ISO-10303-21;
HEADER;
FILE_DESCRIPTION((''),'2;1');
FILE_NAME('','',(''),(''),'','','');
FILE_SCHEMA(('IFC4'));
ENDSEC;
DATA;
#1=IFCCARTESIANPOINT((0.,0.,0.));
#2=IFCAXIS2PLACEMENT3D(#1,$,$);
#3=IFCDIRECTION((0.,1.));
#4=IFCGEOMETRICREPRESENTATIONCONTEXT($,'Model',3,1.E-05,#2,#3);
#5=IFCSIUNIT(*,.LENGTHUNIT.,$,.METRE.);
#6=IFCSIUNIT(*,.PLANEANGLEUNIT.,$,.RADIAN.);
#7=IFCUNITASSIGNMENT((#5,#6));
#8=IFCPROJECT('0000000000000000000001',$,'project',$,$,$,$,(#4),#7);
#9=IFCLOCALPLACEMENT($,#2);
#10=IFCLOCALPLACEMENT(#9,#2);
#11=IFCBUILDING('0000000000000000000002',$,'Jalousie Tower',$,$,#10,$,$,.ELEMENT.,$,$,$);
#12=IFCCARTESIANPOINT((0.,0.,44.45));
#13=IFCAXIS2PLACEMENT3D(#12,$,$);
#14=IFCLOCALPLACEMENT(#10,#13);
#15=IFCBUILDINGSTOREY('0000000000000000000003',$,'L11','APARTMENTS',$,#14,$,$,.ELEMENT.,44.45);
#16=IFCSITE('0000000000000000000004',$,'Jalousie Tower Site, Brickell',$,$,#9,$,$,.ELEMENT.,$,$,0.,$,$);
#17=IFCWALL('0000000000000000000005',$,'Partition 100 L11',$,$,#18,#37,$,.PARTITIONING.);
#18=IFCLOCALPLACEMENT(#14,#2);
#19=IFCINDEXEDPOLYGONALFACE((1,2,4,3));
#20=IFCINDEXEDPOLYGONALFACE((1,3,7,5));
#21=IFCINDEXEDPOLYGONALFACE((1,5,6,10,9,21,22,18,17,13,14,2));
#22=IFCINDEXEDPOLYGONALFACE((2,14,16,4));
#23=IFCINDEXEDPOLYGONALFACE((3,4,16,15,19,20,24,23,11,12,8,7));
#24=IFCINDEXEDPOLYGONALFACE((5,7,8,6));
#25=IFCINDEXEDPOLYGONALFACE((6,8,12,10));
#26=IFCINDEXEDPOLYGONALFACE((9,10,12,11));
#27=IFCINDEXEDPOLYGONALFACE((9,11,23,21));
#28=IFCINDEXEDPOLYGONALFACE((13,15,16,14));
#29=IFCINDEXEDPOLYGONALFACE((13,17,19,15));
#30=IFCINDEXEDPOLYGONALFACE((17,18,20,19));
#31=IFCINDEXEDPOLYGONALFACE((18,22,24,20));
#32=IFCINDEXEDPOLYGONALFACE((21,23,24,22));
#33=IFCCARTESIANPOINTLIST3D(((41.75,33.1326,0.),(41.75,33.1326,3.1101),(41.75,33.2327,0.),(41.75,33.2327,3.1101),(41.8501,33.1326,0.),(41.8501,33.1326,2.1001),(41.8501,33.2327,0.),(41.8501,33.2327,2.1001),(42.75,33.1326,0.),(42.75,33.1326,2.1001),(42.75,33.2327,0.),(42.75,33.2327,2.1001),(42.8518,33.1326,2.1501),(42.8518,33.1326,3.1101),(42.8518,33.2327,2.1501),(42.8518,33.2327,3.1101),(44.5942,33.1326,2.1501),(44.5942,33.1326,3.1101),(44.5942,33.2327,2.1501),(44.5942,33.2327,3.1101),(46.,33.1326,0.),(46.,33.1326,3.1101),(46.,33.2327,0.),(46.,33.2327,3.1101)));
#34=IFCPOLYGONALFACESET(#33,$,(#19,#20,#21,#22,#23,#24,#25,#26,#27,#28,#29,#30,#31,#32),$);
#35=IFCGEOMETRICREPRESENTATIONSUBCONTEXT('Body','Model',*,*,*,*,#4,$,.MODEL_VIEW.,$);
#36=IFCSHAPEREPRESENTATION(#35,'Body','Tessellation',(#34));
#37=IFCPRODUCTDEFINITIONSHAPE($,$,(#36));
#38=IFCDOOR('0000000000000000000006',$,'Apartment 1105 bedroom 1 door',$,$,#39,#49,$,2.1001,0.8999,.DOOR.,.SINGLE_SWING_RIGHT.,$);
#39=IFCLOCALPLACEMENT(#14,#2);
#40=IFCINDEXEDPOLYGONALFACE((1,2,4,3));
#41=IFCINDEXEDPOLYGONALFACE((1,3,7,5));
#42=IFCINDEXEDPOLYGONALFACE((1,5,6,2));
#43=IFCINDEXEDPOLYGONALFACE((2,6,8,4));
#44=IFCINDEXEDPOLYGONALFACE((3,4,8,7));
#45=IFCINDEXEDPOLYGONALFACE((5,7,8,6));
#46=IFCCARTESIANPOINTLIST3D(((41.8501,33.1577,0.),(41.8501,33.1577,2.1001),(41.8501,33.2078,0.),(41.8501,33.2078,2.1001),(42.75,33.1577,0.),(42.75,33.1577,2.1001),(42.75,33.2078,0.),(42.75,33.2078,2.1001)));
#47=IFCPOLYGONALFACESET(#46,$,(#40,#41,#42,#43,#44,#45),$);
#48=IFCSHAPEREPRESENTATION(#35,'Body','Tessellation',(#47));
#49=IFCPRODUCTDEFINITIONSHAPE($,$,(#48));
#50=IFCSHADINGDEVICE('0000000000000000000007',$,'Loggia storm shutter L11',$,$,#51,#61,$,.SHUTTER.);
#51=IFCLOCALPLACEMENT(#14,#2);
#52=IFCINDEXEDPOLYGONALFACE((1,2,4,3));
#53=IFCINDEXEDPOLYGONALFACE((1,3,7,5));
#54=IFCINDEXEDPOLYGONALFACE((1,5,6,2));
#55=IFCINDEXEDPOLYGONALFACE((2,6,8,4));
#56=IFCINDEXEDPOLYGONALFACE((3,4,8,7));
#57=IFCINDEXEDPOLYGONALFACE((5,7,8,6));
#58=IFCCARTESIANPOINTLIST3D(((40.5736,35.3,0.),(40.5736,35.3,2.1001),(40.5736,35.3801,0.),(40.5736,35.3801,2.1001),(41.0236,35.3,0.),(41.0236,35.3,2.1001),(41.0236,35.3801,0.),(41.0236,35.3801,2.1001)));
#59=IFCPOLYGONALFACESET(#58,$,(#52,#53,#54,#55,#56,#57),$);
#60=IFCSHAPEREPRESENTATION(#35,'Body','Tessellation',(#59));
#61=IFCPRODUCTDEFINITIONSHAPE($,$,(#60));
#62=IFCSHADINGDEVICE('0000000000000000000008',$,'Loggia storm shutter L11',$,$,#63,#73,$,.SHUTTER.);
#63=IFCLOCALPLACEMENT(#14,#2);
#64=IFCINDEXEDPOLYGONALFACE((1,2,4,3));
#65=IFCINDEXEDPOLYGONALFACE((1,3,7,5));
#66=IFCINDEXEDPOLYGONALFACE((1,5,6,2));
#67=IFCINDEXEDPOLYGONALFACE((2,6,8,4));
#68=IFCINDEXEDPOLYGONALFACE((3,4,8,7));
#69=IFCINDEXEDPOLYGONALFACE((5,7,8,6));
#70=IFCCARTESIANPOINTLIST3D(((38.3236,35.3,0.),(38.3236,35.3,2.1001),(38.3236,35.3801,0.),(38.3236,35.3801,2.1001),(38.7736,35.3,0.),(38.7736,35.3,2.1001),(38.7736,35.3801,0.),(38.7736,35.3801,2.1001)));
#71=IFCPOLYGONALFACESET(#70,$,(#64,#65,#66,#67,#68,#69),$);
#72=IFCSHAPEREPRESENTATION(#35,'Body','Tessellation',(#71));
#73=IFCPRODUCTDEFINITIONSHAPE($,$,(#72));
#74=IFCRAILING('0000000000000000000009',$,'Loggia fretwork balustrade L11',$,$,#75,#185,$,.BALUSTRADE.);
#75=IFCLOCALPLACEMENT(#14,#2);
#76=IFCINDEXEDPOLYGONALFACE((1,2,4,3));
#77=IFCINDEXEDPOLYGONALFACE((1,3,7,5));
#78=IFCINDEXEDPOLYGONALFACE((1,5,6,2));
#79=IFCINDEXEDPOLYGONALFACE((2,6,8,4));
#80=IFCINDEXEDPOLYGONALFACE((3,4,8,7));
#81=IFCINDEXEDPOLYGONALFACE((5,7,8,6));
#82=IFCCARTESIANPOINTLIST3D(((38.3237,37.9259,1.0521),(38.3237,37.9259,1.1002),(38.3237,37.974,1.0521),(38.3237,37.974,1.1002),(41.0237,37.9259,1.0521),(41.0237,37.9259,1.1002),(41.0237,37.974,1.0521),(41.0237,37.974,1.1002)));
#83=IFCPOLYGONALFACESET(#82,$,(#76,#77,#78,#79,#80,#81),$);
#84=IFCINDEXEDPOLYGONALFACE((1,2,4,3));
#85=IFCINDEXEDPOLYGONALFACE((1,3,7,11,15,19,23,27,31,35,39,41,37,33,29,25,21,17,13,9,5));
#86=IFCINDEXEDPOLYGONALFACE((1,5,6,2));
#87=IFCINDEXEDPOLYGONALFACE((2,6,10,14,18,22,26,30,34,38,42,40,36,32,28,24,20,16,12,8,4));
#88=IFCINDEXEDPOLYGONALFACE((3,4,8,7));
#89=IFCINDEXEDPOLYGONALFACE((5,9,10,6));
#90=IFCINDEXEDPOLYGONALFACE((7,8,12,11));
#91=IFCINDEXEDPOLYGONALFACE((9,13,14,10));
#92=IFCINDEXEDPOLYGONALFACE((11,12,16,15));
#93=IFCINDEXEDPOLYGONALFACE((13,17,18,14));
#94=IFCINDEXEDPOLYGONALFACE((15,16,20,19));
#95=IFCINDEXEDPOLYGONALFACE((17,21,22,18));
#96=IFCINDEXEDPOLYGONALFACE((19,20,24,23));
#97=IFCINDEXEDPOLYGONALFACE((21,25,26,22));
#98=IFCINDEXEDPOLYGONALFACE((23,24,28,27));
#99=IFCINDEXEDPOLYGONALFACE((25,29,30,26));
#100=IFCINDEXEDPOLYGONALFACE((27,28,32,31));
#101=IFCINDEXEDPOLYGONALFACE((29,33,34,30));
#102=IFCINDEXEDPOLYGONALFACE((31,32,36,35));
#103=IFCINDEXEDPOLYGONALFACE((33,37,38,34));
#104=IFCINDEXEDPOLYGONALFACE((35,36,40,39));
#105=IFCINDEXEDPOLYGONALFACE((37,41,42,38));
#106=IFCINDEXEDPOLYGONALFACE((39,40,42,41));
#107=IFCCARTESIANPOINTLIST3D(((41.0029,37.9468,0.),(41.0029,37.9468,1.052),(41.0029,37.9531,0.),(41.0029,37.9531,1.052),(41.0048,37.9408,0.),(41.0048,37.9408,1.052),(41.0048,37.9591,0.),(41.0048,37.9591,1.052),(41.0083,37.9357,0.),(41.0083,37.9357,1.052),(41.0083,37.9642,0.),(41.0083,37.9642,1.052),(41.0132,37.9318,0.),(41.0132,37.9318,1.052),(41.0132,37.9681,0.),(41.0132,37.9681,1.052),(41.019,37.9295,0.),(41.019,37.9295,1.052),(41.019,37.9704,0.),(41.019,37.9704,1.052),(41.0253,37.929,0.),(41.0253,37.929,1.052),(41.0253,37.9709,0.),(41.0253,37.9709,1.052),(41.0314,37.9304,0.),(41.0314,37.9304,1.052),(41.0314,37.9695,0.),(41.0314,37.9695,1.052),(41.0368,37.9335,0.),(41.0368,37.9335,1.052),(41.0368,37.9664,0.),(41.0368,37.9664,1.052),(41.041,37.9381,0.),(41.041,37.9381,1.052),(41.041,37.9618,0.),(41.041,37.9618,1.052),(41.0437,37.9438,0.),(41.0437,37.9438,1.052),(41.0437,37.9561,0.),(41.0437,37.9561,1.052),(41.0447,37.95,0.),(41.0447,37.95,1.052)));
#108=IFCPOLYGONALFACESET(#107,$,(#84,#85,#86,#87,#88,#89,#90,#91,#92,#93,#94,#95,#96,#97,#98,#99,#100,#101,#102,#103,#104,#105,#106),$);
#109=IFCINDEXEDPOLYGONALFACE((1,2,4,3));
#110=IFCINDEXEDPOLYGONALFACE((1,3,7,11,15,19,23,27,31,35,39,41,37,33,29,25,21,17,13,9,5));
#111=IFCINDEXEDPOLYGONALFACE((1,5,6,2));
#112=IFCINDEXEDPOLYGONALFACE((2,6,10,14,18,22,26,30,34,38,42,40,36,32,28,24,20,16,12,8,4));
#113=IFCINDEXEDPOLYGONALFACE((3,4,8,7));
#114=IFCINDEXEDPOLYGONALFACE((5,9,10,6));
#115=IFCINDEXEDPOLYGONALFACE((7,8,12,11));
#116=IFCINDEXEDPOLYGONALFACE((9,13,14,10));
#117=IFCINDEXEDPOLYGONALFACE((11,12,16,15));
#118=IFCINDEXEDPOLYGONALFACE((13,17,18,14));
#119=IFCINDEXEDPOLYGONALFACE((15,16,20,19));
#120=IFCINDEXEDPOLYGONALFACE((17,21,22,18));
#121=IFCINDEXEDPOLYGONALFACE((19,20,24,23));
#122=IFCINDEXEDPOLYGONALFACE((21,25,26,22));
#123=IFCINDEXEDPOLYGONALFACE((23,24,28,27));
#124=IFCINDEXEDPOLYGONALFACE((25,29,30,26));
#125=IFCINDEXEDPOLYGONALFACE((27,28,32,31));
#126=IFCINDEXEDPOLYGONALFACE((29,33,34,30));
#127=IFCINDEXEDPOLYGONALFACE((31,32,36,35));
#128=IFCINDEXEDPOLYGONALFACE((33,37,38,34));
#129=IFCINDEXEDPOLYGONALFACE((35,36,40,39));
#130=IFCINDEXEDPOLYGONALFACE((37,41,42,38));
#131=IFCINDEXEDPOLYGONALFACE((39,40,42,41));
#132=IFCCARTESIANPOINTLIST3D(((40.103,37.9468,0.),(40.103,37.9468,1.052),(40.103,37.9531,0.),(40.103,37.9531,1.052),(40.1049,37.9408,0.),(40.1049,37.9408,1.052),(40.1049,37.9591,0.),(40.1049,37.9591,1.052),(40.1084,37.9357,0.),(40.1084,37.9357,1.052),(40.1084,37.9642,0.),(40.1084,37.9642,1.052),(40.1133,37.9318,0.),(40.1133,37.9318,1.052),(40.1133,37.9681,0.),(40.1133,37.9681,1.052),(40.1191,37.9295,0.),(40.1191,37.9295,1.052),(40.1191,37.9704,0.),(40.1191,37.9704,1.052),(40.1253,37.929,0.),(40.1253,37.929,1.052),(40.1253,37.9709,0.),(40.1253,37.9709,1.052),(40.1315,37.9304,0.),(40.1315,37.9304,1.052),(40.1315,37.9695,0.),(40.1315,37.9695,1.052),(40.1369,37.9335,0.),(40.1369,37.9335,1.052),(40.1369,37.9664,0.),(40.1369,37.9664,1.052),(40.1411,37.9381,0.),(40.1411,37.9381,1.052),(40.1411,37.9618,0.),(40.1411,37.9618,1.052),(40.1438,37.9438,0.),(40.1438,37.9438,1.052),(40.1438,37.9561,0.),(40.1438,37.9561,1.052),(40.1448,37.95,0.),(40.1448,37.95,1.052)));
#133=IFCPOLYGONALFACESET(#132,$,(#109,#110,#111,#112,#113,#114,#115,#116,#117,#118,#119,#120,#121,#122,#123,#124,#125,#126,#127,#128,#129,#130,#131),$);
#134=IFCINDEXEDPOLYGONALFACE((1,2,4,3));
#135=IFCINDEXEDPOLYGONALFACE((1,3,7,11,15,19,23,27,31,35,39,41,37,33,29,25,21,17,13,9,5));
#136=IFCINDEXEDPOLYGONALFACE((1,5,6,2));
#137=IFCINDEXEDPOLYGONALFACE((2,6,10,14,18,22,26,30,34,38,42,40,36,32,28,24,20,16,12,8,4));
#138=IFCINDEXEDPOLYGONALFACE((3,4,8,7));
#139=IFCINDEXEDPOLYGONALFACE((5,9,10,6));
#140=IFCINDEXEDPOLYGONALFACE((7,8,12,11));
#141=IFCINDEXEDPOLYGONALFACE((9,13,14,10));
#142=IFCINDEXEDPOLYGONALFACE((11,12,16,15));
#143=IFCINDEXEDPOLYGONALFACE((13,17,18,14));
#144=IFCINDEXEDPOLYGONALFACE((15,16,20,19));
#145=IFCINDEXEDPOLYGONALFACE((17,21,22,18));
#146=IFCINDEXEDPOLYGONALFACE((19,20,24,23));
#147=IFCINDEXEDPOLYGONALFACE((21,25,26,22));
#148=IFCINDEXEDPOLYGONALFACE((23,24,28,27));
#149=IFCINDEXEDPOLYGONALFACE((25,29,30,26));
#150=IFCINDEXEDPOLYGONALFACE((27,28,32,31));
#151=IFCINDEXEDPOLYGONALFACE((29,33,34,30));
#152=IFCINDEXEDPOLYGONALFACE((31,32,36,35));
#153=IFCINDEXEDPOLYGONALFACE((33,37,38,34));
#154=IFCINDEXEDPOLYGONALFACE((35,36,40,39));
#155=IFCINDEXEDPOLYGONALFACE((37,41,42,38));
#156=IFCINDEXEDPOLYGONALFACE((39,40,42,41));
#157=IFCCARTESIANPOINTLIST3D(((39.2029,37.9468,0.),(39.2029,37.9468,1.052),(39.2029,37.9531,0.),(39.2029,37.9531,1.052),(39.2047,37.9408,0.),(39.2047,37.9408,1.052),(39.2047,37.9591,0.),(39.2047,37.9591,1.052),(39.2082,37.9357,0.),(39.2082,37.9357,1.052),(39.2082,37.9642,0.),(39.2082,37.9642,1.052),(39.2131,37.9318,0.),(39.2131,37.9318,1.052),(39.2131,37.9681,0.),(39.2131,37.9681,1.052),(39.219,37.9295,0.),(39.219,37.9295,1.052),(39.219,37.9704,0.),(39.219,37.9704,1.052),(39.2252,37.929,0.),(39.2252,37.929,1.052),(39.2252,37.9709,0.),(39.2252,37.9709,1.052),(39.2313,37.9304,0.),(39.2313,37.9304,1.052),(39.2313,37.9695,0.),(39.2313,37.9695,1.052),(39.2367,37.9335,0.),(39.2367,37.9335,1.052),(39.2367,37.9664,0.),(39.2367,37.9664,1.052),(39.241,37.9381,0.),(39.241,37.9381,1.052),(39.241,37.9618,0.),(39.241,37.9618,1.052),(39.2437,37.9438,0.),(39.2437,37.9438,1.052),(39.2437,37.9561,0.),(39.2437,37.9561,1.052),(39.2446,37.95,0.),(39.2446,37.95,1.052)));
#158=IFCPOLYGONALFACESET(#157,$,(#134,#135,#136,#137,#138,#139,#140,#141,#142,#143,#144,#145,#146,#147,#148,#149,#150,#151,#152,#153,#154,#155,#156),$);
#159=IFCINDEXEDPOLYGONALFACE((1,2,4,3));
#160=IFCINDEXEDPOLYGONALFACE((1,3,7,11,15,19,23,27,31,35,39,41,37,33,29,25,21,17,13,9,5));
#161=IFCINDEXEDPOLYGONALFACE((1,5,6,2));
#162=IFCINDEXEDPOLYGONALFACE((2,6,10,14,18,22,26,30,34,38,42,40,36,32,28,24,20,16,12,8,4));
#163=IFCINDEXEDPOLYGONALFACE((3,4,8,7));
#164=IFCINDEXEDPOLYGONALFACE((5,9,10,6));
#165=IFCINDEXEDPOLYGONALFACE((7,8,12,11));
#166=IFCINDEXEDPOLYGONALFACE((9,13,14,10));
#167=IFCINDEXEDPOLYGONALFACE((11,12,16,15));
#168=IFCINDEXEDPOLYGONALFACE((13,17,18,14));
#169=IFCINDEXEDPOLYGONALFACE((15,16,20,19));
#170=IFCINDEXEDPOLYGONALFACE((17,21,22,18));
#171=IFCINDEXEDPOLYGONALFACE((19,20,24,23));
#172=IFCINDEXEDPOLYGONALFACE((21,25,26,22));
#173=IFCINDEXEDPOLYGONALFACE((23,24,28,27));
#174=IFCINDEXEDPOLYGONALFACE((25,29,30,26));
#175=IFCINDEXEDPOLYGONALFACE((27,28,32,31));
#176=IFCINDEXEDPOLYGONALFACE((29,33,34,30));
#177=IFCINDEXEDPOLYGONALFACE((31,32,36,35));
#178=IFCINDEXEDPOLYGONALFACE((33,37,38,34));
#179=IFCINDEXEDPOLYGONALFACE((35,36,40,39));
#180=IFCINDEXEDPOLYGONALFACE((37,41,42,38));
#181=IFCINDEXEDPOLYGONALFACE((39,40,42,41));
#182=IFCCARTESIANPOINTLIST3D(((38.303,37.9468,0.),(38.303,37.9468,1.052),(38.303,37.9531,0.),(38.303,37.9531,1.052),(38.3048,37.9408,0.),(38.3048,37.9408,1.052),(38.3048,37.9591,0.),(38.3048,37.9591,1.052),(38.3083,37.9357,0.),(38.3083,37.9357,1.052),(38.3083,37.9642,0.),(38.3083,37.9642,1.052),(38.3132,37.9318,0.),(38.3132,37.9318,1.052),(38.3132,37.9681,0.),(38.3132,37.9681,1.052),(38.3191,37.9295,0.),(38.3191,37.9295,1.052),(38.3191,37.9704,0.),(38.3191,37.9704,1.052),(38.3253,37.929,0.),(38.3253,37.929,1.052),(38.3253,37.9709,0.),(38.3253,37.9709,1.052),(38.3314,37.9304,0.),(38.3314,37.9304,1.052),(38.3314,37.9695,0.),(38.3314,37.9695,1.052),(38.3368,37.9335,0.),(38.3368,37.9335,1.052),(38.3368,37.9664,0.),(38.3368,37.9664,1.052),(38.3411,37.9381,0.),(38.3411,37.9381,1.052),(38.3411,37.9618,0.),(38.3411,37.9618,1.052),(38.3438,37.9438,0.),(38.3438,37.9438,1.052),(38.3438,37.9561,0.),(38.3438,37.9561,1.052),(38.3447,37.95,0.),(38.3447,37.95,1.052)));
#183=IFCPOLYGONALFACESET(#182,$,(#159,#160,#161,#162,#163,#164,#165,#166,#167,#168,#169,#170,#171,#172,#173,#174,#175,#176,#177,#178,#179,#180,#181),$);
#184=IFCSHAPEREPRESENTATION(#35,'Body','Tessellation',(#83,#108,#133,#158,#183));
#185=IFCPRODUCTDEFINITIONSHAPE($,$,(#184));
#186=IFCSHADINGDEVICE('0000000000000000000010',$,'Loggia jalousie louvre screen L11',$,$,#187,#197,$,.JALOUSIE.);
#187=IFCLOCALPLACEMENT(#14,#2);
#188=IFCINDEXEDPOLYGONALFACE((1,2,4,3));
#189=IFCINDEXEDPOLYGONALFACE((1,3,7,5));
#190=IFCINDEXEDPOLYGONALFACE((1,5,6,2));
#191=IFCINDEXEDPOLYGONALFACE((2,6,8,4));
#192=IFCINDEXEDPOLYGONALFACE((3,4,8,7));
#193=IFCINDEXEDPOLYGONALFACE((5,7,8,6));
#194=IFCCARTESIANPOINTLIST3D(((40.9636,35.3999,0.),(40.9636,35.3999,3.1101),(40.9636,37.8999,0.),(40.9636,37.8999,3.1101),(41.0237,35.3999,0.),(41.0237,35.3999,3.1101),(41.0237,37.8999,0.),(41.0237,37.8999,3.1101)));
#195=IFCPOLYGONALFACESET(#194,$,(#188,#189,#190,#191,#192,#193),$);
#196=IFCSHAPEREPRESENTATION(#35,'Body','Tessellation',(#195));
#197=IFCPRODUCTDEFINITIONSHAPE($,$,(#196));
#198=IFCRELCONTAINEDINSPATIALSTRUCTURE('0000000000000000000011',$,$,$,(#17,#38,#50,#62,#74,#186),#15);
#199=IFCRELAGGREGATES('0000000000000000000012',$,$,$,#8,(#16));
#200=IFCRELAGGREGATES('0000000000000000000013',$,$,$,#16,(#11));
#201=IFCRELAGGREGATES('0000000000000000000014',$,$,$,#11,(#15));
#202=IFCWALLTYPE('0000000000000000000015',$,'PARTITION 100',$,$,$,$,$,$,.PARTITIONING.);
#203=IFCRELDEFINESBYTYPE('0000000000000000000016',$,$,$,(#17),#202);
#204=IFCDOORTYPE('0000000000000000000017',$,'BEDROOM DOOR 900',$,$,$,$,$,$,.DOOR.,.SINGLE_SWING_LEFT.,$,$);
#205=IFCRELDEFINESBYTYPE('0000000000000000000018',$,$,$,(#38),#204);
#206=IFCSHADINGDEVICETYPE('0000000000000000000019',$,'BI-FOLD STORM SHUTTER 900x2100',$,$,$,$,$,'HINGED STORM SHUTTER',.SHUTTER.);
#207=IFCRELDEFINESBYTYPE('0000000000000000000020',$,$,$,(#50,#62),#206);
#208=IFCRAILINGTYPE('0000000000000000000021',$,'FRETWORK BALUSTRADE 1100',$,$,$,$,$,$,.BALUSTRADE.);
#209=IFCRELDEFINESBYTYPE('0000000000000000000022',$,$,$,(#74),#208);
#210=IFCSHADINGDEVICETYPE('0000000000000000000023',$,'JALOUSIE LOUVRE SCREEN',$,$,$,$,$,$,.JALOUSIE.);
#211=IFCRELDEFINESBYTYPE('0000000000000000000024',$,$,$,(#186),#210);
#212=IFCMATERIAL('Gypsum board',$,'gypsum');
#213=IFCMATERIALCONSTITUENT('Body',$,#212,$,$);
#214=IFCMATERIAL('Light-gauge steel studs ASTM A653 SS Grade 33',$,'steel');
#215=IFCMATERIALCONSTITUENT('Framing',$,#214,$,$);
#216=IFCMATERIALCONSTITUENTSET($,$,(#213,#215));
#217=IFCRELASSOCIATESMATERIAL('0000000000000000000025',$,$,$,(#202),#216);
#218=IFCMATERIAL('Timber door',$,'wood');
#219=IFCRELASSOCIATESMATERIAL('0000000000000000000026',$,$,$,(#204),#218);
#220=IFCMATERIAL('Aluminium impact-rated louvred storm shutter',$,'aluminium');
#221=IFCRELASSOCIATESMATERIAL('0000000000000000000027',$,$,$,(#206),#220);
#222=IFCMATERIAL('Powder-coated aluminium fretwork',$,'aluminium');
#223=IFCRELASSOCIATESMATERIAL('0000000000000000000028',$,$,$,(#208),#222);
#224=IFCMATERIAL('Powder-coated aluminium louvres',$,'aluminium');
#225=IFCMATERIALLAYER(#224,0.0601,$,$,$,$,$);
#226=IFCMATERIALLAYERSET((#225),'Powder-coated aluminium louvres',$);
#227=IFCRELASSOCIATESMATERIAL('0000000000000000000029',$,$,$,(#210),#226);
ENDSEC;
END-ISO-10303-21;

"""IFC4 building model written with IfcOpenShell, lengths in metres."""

from ifc_helpers import new_model, si_unit, direction, frame, frame_2d, origin, origin_2d, place, context, subcontext, project, spatial, polyline, rectangle, circle, outline, extrude, material, layer, layer_set, constituent, constituent_set, type_object, element, fill, save


model = new_model("IFC4")

# Units and contexts
model_context = context("Model", 3, precision=1e-05, world=origin(), true_north=direction((0.0, 1.0)))
body_context = subcontext(model_context, "Body", "Model", "MODEL_VIEW")
ifc_project = project(units=[si_unit("LENGTHUNIT", "METRE"), si_unit("PLANEANGLEUNIT", "RADIAN")], contexts=[model_context])

# Site, building, storey
site_placement = place(None, origin())
site = spatial("IfcSite", under=ifc_project, at=site_placement, Name="Jalousie Tower Site, Brickell", CompositionType="ELEMENT", RefElevation=0.0)
building_placement = place(site_placement, origin())
building = spatial("IfcBuilding", under=site, at=building_placement, Name="Jalousie Tower", CompositionType="ELEMENT")
storey_placement = place(building_placement, frame((0.0, 0.0, 44.45)))
storey = spatial("IfcBuildingStorey", under=building, at=storey_placement, Name="L11", Description="APARTMENTS", CompositionType="ELEMENT", Elevation=44.45)

# Wall, opening, door
ifc_material_1 = material(Name="Gypsum board", Category="gypsum")
ifc_constituent_1 = constituent(ifc_material_1, Name="Body")
ifc_material_2 = material(Name="Light-gauge steel studs ASTM A653 SS Grade 33", Category="steel")
ifc_constituent_2 = constituent(ifc_material_2, Name="Framing")
ifc_constituent_set_1 = constituent_set(constituents=[ifc_constituent_1, ifc_constituent_2])
wall_type_1 = type_object("IfcWallType", Name="PARTITION 100", PredefinedType="PARTITIONING", material=ifc_constituent_set_1)
wall_1_placement = place(storey_placement, frame((41.75, 33.1826, 0.0), z_axis=(0.0, 0.0, 1.0), x_axis=(1.0, 0.0, 0.0)))
wall_1 = element("IfcWall", 1, at=wall_1_placement, inside=storey, type_object=wall_type_1, Name="Partition 100 L11", PredefinedType="PARTITIONING", context=body_context, shape_type="SweptSolid", body=[
    extrude(outline(polyline([(0.0, 0.0), (4.25, 0.0), (4.25, 3.1101), (2.8442, 3.1101), (2.8442, 2.1501), (1.1018, 2.1501), (1.1018, 3.1101), (0.0, 3.1101), (0.0, 0.0)])), frame((0.0, 0.05, 0.0), z_axis=(0.0, -1.0, 0.0), x_axis=(1.0, 0.0, 0.0)), (0.0, 0.0, 1.0), 0.1001),
])
opening_1_placement = place(wall_1_placement, frame((0.1001, 0.0, 0.0)))
opening_1 = element("IfcOpeningElement", 2, at=opening_1_placement, cuts=wall_1, PredefinedType="OPENING", context=body_context, shape_type="SweptSolid", body=[
    extrude(rectangle(XDim=0.8999, YDim=2.1001, at=frame_2d((0.45, 1.05))), frame((0.0, 0.0601, 0.0), z_axis=(0.0, -1.0, 0.0), x_axis=(1.0, 0.0, 0.0)), (0.0, 0.0, 1.0), 0.1201),
])
ifc_material_3 = material(Name="Timber door", Category="wood")
door_type_1 = type_object("IfcDoorType", Name="BEDROOM DOOR 900", OperationType="SINGLE_SWING_LEFT", PredefinedType="DOOR", material=ifc_material_3)
door_1_placement = place(opening_1_placement, frame((0.8999, 0.0, 0.0), z_axis=(0.0, 0.0, 1.0), x_axis=(-1.0, 0.0, 0.0)))
door_1 = element("IfcDoor", 3, at=door_1_placement, inside=storey, type_object=door_type_1, Name="Apartment 1105 bedroom 1 door", OperationType="SINGLE_SWING_RIGHT", OverallHeight=2.1001, OverallWidth=0.8999, PredefinedType="DOOR", context=body_context, shape_type="SweptSolid", body=[
    extrude(rectangle(XDim=0.8999, YDim=2.1001, at=frame_2d((0.45, 1.05))), frame((0.0, 0.0249, 0.0), z_axis=(0.0, -1.0, 0.0), x_axis=(1.0, 0.0, 0.0)), (0.0, 0.0, 1.0), 0.05),
])
fill(opening_1, door_1)

# Shading devices
ifc_material_4 = material(Name="Aluminium impact-rated louvred storm shutter", Category="aluminium")
shading_device_type_1 = type_object("IfcShadingDeviceType", Name="BI-FOLD STORM SHUTTER 900x2100", ElementType="HINGED STORM SHUTTER", PredefinedType="SHUTTER", material=ifc_material_4)
for number, where, z_axis, x_axis, name in (
    (4, (40.7986, 35.3401, 0.0), (0.0, 0.0, 1.0), (-1.0, 0.0, 0.0), "Loggia storm shutter L11"),
    (5, (38.5486, 35.3401, 0.0), (0.0, 0.0, 1.0), (-1.0, 0.0, 0.0), "Loggia storm shutter L11"),
):
    element("IfcShadingDevice", number, at=place(storey_placement, frame(where, z_axis=z_axis, x_axis=x_axis)), inside=storey, type_object=shading_device_type_1, Name=name, PredefinedType="SHUTTER", context=body_context, shape_type="SweptSolid", body=[
        extrude(rectangle(XDim=0.45, YDim=0.0801, at=origin_2d()), origin(), (0.0, 0.0, 1.0), 2.1001),
    ])

# Railing
ifc_material_5 = material(Name="Powder-coated aluminium fretwork", Category="aluminium")
railing_type = type_object("IfcRailingType", Name="FRETWORK BALUSTRADE 1100", PredefinedType="BALUSTRADE", material=ifc_material_5)
railing_placement = place(storey_placement, frame((41.0237, 37.95, 0.0)))
element("IfcRailing", 6, at=railing_placement, inside=storey, type_object=railing_type, Name="Loggia fretwork balustrade L11", PredefinedType="BALUSTRADE", context=body_context, shape_type="SweptSolid", body=[
    extrude(rectangle(XDim=0.0481, YDim=0.0481, at=origin_2d()), frame((0.0, 0.0, 1.0762), z_axis=(-1.0, 0.0, 0.0), x_axis=(0.0, -1.0, 0.0)), (0.0, 0.0, 1.0), 2.7),
    extrude(circle(Radius=0.021, at=origin_2d()), origin(), (0.0, 0.0, 1.0), 1.052),
    extrude(circle(Radius=0.021, at=origin_2d()), frame((-0.8999, 0.0, 0.0)), (0.0, 0.0, 1.0), 1.052),
    extrude(circle(Radius=0.021, at=origin_2d()), frame((-1.8, 0.0, 0.0)), (0.0, 0.0, 1.0), 1.052),
    extrude(circle(Radius=0.021, at=origin_2d()), frame((-2.7, 0.0, 0.0)), (0.0, 0.0, 1.0), 1.052),
])

# Shading device
ifc_material_6 = material(Name="Powder-coated aluminium louvres", Category="aluminium")
ifc_layer_1 = layer(ifc_material_6, 0.0601)
ifc_layer_set_1 = layer_set([ifc_layer_1], Name="Powder-coated aluminium louvres")
shading_device_type_2 = type_object("IfcShadingDeviceType", Name="JALOUSIE LOUVRE SCREEN", PredefinedType="JALOUSIE", material=ifc_layer_set_1)
for number, where, z_axis, x_axis, name in (
    (7, (40.9937, 36.6499, 0.0), (0.0, 0.0, 1.0), (-1.0, 0.0, 0.0), "Loggia jalousie louvre screen L11"),
):
    element("IfcShadingDevice", number, at=place(storey_placement, frame(where, z_axis=z_axis, x_axis=x_axis)), inside=storey, type_object=shading_device_type_2, Name=name, PredefinedType="JALOUSIE", context=body_context, shape_type="SweptSolid", body=[
        extrude(rectangle(XDim=0.0601, YDim=2.5, at=origin_2d()), origin(), (0.0, 0.0, 1.0), 3.1101),
    ])

save(model, "model.ifc")
